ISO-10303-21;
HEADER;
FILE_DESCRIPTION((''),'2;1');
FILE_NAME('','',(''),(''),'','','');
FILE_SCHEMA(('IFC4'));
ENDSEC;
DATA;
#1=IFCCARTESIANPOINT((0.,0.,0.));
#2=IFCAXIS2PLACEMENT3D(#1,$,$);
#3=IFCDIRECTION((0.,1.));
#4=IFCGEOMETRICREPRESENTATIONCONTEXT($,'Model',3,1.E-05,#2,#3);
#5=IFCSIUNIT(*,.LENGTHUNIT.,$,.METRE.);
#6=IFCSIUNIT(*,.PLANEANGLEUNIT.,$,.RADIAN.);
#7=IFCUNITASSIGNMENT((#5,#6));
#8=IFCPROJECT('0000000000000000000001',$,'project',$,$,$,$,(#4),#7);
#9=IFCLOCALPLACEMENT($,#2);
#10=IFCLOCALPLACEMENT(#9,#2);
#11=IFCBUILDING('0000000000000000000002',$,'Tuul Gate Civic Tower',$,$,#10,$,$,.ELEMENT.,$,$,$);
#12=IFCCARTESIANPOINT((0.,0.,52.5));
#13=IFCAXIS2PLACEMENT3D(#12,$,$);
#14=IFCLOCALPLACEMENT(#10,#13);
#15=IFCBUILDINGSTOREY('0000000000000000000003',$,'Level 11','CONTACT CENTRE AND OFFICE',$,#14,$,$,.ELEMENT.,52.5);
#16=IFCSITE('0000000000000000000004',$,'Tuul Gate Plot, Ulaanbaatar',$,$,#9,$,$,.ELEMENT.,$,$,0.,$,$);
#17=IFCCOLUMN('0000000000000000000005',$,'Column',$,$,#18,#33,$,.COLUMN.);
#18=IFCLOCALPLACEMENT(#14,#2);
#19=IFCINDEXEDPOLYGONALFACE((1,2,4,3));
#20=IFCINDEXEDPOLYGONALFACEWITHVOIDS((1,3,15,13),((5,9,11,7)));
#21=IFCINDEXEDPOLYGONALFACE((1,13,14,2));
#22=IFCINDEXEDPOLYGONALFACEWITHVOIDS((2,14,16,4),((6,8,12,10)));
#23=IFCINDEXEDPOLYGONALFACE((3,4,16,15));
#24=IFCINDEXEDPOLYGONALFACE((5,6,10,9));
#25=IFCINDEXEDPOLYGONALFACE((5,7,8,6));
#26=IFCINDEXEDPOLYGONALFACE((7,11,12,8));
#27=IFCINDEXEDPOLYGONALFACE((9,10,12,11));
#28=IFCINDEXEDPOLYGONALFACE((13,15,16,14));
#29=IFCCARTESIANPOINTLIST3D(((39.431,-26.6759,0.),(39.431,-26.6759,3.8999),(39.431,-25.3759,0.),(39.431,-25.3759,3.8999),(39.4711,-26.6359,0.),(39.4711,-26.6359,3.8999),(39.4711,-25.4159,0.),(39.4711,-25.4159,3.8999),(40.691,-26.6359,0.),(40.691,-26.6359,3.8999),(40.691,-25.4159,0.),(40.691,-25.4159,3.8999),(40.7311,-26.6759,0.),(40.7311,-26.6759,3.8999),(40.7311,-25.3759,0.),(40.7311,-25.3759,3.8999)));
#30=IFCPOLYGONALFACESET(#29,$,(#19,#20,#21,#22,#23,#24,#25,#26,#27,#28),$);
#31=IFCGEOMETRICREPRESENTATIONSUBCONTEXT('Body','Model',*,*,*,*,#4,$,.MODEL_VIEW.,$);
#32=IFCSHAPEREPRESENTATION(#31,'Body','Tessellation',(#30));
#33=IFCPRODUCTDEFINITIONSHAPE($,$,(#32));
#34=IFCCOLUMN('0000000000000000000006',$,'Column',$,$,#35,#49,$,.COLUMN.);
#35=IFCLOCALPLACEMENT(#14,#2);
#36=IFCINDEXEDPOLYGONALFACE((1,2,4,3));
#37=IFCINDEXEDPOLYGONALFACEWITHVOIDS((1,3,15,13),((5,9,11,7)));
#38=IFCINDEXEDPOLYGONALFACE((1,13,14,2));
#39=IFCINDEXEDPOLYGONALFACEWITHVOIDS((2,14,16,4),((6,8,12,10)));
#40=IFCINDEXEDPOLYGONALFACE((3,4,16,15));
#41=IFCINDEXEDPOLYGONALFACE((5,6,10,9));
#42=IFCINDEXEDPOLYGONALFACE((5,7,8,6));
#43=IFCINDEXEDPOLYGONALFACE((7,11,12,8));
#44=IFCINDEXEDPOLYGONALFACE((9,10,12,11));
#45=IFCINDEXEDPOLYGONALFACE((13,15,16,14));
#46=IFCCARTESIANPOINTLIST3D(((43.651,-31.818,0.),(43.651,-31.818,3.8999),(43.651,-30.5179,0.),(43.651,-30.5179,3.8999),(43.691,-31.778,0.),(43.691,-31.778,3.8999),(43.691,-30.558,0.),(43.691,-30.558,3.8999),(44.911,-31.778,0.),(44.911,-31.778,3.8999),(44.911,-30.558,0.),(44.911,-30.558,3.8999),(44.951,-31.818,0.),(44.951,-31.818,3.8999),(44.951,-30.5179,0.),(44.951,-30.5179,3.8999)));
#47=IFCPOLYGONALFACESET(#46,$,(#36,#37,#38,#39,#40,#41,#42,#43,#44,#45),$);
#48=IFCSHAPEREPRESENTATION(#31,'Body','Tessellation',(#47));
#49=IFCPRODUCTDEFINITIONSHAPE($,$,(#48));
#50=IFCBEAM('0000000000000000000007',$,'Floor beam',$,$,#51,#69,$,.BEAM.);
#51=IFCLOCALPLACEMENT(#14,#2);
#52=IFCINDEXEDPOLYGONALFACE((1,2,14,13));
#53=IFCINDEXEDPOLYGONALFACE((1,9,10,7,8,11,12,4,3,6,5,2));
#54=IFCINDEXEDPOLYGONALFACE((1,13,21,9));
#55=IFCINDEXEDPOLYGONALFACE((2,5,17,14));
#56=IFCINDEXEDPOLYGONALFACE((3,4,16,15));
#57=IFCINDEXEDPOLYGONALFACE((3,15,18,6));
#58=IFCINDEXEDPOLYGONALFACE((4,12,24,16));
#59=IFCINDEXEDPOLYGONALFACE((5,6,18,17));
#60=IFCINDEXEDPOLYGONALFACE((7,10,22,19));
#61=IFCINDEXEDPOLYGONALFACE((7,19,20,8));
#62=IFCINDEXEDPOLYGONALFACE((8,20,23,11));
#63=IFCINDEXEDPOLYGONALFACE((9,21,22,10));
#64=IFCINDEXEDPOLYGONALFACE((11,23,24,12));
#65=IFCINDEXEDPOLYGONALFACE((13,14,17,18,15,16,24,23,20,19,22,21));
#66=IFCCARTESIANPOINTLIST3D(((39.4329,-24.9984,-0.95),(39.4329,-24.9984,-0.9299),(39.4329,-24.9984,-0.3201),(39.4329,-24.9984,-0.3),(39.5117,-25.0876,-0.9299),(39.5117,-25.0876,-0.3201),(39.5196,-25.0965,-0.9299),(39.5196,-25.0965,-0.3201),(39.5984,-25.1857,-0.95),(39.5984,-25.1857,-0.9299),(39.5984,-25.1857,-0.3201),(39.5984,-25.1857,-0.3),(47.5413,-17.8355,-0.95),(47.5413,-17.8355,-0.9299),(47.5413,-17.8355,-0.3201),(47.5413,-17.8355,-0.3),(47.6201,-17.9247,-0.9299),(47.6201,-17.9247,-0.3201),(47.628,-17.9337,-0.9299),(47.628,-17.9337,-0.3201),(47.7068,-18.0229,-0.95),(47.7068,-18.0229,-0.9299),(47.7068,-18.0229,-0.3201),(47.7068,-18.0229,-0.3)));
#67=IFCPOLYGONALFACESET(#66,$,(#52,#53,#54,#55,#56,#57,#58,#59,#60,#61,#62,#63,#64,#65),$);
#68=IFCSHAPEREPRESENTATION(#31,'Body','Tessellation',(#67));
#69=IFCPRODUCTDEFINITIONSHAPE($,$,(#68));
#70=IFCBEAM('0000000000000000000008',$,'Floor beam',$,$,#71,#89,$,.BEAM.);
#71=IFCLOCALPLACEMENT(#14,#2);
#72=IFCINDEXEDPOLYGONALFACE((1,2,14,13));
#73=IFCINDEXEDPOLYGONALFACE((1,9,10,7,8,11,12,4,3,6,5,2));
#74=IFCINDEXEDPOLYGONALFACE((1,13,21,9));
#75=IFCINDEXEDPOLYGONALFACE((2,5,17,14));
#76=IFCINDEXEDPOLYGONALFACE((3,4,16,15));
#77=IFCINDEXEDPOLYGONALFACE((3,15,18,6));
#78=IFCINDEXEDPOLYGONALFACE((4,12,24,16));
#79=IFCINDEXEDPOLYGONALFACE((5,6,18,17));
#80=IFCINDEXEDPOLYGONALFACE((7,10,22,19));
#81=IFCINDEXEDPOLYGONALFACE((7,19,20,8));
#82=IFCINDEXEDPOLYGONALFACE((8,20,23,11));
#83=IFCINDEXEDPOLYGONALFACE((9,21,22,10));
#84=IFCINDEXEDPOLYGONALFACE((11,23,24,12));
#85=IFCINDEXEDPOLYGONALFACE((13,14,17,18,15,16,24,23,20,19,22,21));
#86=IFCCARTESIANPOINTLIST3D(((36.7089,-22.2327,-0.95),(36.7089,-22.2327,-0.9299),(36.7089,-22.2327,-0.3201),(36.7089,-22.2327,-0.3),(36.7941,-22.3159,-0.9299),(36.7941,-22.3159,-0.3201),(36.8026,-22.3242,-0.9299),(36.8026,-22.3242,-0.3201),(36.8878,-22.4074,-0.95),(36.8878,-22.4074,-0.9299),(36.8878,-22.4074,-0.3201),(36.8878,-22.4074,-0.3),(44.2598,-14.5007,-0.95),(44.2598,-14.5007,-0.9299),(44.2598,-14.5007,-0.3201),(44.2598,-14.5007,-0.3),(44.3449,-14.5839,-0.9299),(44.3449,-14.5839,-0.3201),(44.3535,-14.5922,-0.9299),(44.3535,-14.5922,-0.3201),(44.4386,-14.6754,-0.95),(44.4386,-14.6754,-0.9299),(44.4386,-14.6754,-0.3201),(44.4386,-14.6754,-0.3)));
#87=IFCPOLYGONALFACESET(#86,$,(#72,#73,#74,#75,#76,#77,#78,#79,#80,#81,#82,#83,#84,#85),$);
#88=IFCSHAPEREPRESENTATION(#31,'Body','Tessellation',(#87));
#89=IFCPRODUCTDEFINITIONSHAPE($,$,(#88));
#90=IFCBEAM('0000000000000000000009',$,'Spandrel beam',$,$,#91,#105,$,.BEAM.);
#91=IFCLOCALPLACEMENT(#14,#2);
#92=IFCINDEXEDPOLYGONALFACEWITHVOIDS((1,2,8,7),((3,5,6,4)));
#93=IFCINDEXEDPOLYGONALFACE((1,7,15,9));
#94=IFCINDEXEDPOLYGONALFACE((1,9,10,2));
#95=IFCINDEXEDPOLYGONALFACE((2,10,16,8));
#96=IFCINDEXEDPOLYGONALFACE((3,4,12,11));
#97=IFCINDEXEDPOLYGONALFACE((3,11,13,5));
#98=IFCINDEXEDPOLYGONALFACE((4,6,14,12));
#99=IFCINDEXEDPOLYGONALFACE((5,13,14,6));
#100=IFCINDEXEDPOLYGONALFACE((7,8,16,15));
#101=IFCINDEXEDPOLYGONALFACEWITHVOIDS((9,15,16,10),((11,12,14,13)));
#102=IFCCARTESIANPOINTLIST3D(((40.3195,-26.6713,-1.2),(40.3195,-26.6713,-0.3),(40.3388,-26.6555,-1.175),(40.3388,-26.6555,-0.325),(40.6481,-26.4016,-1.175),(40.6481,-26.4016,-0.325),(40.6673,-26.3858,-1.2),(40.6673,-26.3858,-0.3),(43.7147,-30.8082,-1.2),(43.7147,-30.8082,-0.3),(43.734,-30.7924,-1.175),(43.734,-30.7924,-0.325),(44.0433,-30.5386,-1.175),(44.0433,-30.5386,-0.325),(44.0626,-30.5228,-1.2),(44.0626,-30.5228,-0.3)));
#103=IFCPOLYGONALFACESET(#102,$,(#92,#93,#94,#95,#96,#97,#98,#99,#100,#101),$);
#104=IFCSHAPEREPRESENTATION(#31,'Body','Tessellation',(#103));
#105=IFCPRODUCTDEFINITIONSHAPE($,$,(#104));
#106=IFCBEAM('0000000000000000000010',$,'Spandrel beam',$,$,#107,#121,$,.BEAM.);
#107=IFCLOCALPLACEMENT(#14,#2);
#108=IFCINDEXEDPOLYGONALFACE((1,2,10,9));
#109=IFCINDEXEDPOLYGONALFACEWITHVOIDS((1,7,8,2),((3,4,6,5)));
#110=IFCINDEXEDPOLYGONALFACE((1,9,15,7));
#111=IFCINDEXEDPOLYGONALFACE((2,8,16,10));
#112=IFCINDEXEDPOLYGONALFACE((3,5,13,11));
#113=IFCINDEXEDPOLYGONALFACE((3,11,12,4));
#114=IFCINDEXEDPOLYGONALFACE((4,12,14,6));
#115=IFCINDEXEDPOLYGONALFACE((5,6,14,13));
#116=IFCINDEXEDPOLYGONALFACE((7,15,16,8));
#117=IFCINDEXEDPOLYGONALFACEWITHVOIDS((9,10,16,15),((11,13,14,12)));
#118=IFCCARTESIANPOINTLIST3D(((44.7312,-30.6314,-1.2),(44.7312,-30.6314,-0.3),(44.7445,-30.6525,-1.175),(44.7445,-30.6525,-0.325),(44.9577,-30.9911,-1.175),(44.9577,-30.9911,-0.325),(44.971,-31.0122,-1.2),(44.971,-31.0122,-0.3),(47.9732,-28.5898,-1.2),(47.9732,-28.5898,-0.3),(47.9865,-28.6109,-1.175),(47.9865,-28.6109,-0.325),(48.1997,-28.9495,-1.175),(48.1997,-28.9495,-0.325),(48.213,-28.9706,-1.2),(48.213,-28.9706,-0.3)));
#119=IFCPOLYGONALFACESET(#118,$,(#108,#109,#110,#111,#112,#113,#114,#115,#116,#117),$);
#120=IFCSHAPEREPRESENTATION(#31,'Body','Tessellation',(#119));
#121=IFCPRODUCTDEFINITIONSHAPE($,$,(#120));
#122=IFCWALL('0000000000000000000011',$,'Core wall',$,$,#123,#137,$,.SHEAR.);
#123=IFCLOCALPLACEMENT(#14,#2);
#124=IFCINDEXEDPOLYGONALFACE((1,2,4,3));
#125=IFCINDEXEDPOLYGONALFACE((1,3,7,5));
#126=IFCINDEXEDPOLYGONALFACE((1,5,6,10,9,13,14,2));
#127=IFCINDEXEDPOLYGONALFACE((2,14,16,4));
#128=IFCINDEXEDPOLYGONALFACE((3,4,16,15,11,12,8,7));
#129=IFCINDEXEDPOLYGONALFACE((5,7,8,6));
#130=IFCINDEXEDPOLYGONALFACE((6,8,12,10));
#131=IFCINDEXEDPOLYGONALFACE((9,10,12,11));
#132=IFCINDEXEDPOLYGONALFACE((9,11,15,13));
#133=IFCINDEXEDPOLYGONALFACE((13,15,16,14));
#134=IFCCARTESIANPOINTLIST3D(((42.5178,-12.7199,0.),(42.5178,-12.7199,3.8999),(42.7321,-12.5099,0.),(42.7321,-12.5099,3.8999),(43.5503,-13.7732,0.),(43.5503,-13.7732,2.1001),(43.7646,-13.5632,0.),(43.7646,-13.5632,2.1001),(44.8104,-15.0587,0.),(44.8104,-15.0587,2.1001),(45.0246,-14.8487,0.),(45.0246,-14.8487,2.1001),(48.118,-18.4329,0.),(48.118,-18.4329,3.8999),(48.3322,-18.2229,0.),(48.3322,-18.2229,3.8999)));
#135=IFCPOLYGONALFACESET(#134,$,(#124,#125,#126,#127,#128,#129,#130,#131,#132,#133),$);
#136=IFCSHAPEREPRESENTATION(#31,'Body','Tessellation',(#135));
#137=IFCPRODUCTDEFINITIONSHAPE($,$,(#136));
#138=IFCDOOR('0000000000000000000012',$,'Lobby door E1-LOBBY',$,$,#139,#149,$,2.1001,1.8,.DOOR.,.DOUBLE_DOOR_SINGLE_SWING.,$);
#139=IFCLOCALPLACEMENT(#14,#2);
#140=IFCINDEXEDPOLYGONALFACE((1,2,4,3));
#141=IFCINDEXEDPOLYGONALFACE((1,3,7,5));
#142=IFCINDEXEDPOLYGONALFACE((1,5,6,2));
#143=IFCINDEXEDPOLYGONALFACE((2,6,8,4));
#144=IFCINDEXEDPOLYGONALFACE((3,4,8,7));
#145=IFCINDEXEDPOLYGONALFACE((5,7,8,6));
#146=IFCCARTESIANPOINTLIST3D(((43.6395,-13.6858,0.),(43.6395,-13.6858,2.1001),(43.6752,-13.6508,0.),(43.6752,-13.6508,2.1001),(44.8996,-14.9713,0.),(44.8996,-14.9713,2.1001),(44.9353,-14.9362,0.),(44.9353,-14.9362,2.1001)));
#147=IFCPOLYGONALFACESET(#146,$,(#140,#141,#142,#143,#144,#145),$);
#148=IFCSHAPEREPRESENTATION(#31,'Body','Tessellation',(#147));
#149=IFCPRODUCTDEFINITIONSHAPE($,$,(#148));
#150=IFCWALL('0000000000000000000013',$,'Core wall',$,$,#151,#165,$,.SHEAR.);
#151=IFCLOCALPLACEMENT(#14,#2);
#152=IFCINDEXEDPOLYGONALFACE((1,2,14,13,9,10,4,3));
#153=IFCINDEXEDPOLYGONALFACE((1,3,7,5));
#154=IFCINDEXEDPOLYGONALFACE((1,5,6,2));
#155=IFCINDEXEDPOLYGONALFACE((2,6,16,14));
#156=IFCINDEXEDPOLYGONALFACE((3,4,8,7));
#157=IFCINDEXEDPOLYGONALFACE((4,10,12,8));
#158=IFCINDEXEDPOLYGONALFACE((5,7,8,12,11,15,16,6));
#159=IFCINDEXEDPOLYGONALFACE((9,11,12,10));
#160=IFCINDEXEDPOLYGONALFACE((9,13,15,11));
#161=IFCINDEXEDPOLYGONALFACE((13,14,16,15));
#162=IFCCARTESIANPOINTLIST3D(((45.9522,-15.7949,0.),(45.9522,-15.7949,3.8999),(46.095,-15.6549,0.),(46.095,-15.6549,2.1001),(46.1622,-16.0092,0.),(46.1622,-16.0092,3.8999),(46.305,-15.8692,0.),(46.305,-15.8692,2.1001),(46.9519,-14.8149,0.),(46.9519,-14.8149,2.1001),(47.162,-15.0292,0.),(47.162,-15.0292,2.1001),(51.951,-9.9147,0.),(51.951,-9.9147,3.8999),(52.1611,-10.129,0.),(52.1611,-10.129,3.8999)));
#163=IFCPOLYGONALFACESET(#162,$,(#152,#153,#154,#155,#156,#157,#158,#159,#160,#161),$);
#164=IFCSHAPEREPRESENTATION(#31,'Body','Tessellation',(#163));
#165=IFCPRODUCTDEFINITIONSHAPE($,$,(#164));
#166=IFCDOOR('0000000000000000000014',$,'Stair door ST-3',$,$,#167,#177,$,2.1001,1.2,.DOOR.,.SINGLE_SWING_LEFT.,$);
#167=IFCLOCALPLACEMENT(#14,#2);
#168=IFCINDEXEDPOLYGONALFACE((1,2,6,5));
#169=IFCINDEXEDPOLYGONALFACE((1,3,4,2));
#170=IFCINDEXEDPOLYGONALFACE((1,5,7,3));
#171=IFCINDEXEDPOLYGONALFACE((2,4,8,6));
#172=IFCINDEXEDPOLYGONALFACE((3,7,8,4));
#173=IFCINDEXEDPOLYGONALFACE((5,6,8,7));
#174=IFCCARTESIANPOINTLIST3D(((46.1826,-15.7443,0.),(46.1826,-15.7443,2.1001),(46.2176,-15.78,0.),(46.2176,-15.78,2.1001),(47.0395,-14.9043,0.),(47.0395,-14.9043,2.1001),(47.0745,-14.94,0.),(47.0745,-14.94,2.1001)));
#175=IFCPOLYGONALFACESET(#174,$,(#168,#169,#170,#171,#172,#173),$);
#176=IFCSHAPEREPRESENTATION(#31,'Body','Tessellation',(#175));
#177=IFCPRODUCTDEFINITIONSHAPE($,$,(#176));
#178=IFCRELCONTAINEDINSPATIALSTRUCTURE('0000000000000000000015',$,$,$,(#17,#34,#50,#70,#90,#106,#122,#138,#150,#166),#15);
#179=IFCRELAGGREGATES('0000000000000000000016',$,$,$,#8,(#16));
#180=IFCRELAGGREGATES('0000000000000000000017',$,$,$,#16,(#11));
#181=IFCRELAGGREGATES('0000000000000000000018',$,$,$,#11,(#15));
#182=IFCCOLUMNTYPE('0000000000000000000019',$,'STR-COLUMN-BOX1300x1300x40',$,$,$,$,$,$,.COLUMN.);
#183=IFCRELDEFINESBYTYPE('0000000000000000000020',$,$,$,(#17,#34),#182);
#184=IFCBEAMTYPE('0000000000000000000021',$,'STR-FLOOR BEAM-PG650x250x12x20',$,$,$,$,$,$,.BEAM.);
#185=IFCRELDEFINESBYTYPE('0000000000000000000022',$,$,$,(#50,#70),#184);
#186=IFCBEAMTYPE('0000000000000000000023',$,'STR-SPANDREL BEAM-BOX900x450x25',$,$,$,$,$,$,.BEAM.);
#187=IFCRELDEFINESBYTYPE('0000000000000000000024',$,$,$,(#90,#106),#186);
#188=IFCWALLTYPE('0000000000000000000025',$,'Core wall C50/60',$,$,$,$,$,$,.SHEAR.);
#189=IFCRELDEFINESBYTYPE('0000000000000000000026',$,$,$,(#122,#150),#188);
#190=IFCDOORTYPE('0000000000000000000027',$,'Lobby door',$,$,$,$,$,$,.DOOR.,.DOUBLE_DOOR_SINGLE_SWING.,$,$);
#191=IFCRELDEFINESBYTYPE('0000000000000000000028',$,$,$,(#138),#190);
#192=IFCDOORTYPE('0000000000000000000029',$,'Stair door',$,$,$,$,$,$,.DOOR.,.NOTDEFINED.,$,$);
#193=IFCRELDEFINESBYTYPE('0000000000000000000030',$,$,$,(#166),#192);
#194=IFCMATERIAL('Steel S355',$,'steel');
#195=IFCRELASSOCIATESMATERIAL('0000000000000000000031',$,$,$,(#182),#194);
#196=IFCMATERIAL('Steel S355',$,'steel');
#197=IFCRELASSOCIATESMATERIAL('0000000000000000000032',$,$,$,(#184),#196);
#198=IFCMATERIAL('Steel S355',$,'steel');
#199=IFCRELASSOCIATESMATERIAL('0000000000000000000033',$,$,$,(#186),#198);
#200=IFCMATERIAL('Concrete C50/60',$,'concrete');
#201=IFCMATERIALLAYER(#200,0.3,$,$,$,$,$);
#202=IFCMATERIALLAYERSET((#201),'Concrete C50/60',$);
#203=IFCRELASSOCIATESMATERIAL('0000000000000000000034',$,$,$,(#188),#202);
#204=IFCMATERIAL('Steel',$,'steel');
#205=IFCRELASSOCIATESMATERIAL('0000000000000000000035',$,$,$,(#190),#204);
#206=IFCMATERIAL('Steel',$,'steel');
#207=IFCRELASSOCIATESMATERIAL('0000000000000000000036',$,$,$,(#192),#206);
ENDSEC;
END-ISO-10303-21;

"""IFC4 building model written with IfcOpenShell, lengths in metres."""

from ifc_helpers import new_model, si_unit, direction, frame, frame_2d, origin, origin_2d, place, context, subcontext, project, spatial, rectangle, hollow_rectangle, i_section, extrude, material, layer, layer_set, material_profile, profile_set, type_object, element, fill, save


model = new_model("IFC4")

# Units and contexts
model_context = context("Model", 3, precision=1e-05, world=origin(), true_north=direction((0.0, 1.0)))
body_context = subcontext(model_context, "Body", "Model", "MODEL_VIEW")
ifc_project = project(units=[si_unit("LENGTHUNIT", "METRE"), si_unit("PLANEANGLEUNIT", "RADIAN")], contexts=[model_context])

# Site, building, storey
site_placement = place(None, origin())
site = spatial("IfcSite", under=ifc_project, at=site_placement, Name="Tuul Gate Plot, Ulaanbaatar", CompositionType="ELEMENT", RefElevation=0.0)
building_placement = place(site_placement, origin())
building = spatial("IfcBuilding", under=site, at=building_placement, Name="Tuul Gate Civic Tower", CompositionType="ELEMENT")
storey_placement = place(building_placement, frame((0.0, 0.0, 52.5)))
storey = spatial("IfcBuildingStorey", under=building, at=storey_placement, Name="Level 11", Description="CONTACT CENTRE AND OFFICE", CompositionType="ELEMENT", Elevation=52.5)

# Columns
ifc_material_1 = material(Name="Steel S355", Category="steel")
ifc_material_profile_1 = material_profile(ifc_material_1, hollow_rectangle(XDim=1.3, YDim=1.3, WallThickness=0.04, at=origin_2d()), Name="BOX1300x1300x40")
ifc_profile_set_1 = profile_set([ifc_material_profile_1], Name="Steel S355")
column_type = type_object("IfcColumnType", Name="STR-COLUMN-BOX1300x1300x40", PredefinedType="COLUMN", material=ifc_profile_set_1)
for number, where, z_axis, x_axis, name in (
    (1, (40.0811, -26.0259, 0.0), (0.0, 0.0, 1.0), (1.0, 0.0, 0.0), "Column"),
    (2, (44.301, -31.168, 0.0), (0.0, 0.0, 1.0), (1.0, 0.0, 0.0), "Column"),
):
    element("IfcColumn", number, at=place(storey_placement, frame(where, z_axis=z_axis, x_axis=x_axis)), inside=storey, type_object=column_type, Name=name, PredefinedType="COLUMN", context=body_context, shape_type="SweptSolid", body=[
        extrude(hollow_rectangle(XDim=1.3, YDim=1.3, WallThickness=0.04, at=origin_2d()), origin(), (0.0, 0.0, 1.0), 3.8999),
    ])

# Beams
ifc_material_2 = material(Name="Steel S355", Category="steel")
ifc_material_profile_2 = material_profile(ifc_material_2, i_section(OverallWidth=0.25, OverallDepth=0.6499, WebThickness=0.012, FlangeThickness=0.02, at=origin_2d()), Name="PG650x250x12x20")
ifc_profile_set_2 = profile_set([ifc_material_profile_2], Name="Steel S355")
beam_type_1 = type_object("IfcBeamType", Name="STR-FLOOR BEAM-PG650x250x12x20", PredefinedType="BEAM", material=ifc_profile_set_2)
beam_1_placement = place(storey_placement, frame((39.5156, -25.092, -0.625), z_axis=(0.749454, 0.662057, 0.0), x_axis=(-0.662057, 0.749454, 0.0)))
element("IfcBeam", 3, at=beam_1_placement, inside=storey, type_object=beam_type_1, Name="Floor beam", PredefinedType="BEAM", context=body_context, shape_type="SweptSolid", body=[
    extrude(i_section(OverallWidth=0.25, OverallDepth=0.6499, WebThickness=0.012, FlangeThickness=0.02, at=origin_2d()), origin(), (0.0, 0.0, 1.0), 10.8191),
])
beam_2_placement = place(storey_placement, frame((36.7983, -22.3201, -0.625), z_axis=(0.698676, 0.715438, 0.0), x_axis=(-0.715438, 0.698676, 0.0)))
element("IfcBeam", 4, at=beam_2_placement, inside=storey, type_object=beam_type_1, Name="Floor beam", PredefinedType="BEAM", context=body_context, shape_type="SweptSolid", body=[
    extrude(i_section(OverallWidth=0.25, OverallDepth=0.6499, WebThickness=0.012, FlangeThickness=0.02, at=origin_2d()), origin(), (0.0, 0.0, 1.0), 10.8074),
])
ifc_material_3 = material(Name="Steel S355", Category="steel")
ifc_material_profile_3 = material_profile(ifc_material_3, hollow_rectangle(XDim=0.45, YDim=0.8999, WallThickness=0.0249, at=origin_2d()), Name="BOX900x450x25")
ifc_profile_set_3 = profile_set([ifc_material_profile_3], Name="Steel S355")
beam_type_2 = type_object("IfcBeamType", Name="STR-SPANDREL BEAM-BOX900x450x25", PredefinedType="BEAM", material=ifc_profile_set_3)
beam_3_placement = place(storey_placement, frame((40.4934, -26.5286, -0.75), z_axis=(0.63441, -0.772997, 0.0), x_axis=(0.772997, 0.63441, 0.0)))
element("IfcBeam", 5, at=beam_3_placement, inside=storey, type_object=beam_type_2, Name="Spandrel beam", PredefinedType="BEAM", context=body_context, shape_type="SweptSolid", body=[
    extrude(hollow_rectangle(XDim=0.45, YDim=0.8999, WallThickness=0.0249, at=origin_2d()), origin(), (0.0, 0.0, 1.0), 5.3518),
])
beam_4_placement = place(storey_placement, frame((44.8511, -30.8218, -0.75), z_axis=(0.8462, 0.532866, 0.0), x_axis=(-0.532866, 0.8462, 0.0)))
element("IfcBeam", 6, at=beam_4_placement, inside=storey, type_object=beam_type_2, Name="Spandrel beam", PredefinedType="BEAM", context=body_context, shape_type="SweptSolid", body=[
    extrude(hollow_rectangle(XDim=0.45, YDim=0.8999, WallThickness=0.0249, at=origin_2d()), origin(), (0.0, 0.0, 1.0), 3.8313),
])

# Walls, openings, doors
ifc_material_4 = material(Name="Concrete C50/60", Category="concrete")
ifc_layer_1 = layer(ifc_material_4, 0.3)
ifc_layer_set_1 = layer_set([ifc_layer_1], Name="Concrete C50/60")
wall_type_1 = type_object("IfcWallType", Name="Core wall C50/60", PredefinedType="SHEAR", material=ifc_layer_set_1)
wall_1_placement = place(storey_placement, frame((48.2251, -18.3279, 0.0), z_axis=(0.0, 0.0, 1.0), x_axis=(-0.700022, 0.714121, 0.0)))
wall_1 = element("IfcWall", 7, at=wall_1_placement, inside=storey, type_object=wall_type_1, Name="Core wall", PredefinedType="SHEAR", context=body_context, shape_type="SweptSolid", body=[
    extrude(rectangle(XDim=8.0, YDim=0.3, at=frame_2d((4.0, 0.0))), origin(), (0.0, 0.0, 1.0), 3.8999),
])
opening_1_placement = place(wall_1_placement, frame((4.7251, 0.0, 0.0)))
opening_1 = element("IfcOpeningElement", 8, at=opening_1_placement, cuts=wall_1, PredefinedType="OPENING", context=body_context, shape_type="SweptSolid", body=[
    extrude(rectangle(XDim=1.8, YDim=2.1001, at=frame_2d((0.8999, 1.05))), frame((0.0, 0.1602, 0.0), z_axis=(0.0, -1.0, 0.0), x_axis=(1.0, 0.0, 0.0)), (0.0, 0.0, 1.0), 0.3201),
])
ifc_material_5 = material(Name="Steel", Category="steel")
door_type_1 = type_object("IfcDoorType", Name="Lobby door", OperationType="DOUBLE_DOOR_SINGLE_SWING", PredefinedType="DOOR", material=ifc_material_5)
door_1_placement = place(opening_1_placement, frame((1.8, 0.0, 0.0), z_axis=(0.0, 0.0, 1.0), x_axis=(-1.0, 0.0, 0.0)))
door_1 = element("IfcDoor", 9, at=door_1_placement, inside=storey, type_object=door_type_1, Name="Lobby door E1-LOBBY", OperationType="DOUBLE_DOOR_SINGLE_SWING", OverallHeight=2.1001, OverallWidth=1.8, PredefinedType="DOOR", context=body_context, shape_type="SweptSolid", body=[
    extrude(rectangle(XDim=1.8, YDim=2.1001, at=frame_2d((0.9001, 1.05))), frame((0.0, 0.0249, 0.0), z_axis=(0.0, -1.0, 0.0), x_axis=(1.0, 0.0, 0.0)), (0.0, 0.0, 1.0), 0.05),
])
fill(opening_1, door_1)
wall_2_placement = place(storey_placement, frame((46.0571, -15.9021, 0.0), z_axis=(0.0, 0.0, 1.0), x_axis=(0.714134, 0.700009, 0.0)))
wall_2 = element("IfcWall", 10, at=wall_2_placement, inside=storey, type_object=wall_type_1, Name="Core wall", PredefinedType="SHEAR", context=body_context, shape_type="SweptSolid", body=[
    extrude(rectangle(XDim=8.4001, YDim=0.3, at=frame_2d((4.2002, 0.0))), origin(), (0.0, 0.0, 1.0), 3.8999),
])
opening_2_placement = place(wall_2_placement, frame((0.2, 0.0, 0.0)))
opening_2 = element("IfcOpeningElement", 11, at=opening_2_placement, cuts=wall_2, PredefinedType="OPENING", context=body_context, shape_type="SweptSolid", body=[
    extrude(rectangle(XDim=1.2, YDim=2.1001, at=frame_2d((0.6001, 1.05))), frame((0.0, 0.1602, 0.0), z_axis=(0.0, -1.0, 0.0), x_axis=(1.0, 0.0, 0.0)), (0.0, 0.0, 1.0), 0.3201),
])
ifc_material_6 = material(Name="Steel", Category="steel")
door_type_2 = type_object("IfcDoorType", Name="Stair door", OperationType="NOTDEFINED", PredefinedType="DOOR", material=ifc_material_6)
door_2_placement = place(opening_2_placement, origin())
door_2 = element("IfcDoor", 12, at=door_2_placement, inside=storey, type_object=door_type_2, Name="Stair door ST-3", OperationType="SINGLE_SWING_LEFT", OverallHeight=2.1001, OverallWidth=1.2, PredefinedType="DOOR", context=body_context, shape_type="SweptSolid", body=[
    extrude(rectangle(XDim=1.2, YDim=2.1001, at=frame_2d((0.6001, 1.05))), frame((0.0, 0.0249, 0.0), z_axis=(0.0, -1.0, 0.0), x_axis=(1.0, 0.0, 0.0)), (0.0, 0.0, 1.0), 0.05),
])
fill(opening_2, door_2)

save(model, "model.ifc")
